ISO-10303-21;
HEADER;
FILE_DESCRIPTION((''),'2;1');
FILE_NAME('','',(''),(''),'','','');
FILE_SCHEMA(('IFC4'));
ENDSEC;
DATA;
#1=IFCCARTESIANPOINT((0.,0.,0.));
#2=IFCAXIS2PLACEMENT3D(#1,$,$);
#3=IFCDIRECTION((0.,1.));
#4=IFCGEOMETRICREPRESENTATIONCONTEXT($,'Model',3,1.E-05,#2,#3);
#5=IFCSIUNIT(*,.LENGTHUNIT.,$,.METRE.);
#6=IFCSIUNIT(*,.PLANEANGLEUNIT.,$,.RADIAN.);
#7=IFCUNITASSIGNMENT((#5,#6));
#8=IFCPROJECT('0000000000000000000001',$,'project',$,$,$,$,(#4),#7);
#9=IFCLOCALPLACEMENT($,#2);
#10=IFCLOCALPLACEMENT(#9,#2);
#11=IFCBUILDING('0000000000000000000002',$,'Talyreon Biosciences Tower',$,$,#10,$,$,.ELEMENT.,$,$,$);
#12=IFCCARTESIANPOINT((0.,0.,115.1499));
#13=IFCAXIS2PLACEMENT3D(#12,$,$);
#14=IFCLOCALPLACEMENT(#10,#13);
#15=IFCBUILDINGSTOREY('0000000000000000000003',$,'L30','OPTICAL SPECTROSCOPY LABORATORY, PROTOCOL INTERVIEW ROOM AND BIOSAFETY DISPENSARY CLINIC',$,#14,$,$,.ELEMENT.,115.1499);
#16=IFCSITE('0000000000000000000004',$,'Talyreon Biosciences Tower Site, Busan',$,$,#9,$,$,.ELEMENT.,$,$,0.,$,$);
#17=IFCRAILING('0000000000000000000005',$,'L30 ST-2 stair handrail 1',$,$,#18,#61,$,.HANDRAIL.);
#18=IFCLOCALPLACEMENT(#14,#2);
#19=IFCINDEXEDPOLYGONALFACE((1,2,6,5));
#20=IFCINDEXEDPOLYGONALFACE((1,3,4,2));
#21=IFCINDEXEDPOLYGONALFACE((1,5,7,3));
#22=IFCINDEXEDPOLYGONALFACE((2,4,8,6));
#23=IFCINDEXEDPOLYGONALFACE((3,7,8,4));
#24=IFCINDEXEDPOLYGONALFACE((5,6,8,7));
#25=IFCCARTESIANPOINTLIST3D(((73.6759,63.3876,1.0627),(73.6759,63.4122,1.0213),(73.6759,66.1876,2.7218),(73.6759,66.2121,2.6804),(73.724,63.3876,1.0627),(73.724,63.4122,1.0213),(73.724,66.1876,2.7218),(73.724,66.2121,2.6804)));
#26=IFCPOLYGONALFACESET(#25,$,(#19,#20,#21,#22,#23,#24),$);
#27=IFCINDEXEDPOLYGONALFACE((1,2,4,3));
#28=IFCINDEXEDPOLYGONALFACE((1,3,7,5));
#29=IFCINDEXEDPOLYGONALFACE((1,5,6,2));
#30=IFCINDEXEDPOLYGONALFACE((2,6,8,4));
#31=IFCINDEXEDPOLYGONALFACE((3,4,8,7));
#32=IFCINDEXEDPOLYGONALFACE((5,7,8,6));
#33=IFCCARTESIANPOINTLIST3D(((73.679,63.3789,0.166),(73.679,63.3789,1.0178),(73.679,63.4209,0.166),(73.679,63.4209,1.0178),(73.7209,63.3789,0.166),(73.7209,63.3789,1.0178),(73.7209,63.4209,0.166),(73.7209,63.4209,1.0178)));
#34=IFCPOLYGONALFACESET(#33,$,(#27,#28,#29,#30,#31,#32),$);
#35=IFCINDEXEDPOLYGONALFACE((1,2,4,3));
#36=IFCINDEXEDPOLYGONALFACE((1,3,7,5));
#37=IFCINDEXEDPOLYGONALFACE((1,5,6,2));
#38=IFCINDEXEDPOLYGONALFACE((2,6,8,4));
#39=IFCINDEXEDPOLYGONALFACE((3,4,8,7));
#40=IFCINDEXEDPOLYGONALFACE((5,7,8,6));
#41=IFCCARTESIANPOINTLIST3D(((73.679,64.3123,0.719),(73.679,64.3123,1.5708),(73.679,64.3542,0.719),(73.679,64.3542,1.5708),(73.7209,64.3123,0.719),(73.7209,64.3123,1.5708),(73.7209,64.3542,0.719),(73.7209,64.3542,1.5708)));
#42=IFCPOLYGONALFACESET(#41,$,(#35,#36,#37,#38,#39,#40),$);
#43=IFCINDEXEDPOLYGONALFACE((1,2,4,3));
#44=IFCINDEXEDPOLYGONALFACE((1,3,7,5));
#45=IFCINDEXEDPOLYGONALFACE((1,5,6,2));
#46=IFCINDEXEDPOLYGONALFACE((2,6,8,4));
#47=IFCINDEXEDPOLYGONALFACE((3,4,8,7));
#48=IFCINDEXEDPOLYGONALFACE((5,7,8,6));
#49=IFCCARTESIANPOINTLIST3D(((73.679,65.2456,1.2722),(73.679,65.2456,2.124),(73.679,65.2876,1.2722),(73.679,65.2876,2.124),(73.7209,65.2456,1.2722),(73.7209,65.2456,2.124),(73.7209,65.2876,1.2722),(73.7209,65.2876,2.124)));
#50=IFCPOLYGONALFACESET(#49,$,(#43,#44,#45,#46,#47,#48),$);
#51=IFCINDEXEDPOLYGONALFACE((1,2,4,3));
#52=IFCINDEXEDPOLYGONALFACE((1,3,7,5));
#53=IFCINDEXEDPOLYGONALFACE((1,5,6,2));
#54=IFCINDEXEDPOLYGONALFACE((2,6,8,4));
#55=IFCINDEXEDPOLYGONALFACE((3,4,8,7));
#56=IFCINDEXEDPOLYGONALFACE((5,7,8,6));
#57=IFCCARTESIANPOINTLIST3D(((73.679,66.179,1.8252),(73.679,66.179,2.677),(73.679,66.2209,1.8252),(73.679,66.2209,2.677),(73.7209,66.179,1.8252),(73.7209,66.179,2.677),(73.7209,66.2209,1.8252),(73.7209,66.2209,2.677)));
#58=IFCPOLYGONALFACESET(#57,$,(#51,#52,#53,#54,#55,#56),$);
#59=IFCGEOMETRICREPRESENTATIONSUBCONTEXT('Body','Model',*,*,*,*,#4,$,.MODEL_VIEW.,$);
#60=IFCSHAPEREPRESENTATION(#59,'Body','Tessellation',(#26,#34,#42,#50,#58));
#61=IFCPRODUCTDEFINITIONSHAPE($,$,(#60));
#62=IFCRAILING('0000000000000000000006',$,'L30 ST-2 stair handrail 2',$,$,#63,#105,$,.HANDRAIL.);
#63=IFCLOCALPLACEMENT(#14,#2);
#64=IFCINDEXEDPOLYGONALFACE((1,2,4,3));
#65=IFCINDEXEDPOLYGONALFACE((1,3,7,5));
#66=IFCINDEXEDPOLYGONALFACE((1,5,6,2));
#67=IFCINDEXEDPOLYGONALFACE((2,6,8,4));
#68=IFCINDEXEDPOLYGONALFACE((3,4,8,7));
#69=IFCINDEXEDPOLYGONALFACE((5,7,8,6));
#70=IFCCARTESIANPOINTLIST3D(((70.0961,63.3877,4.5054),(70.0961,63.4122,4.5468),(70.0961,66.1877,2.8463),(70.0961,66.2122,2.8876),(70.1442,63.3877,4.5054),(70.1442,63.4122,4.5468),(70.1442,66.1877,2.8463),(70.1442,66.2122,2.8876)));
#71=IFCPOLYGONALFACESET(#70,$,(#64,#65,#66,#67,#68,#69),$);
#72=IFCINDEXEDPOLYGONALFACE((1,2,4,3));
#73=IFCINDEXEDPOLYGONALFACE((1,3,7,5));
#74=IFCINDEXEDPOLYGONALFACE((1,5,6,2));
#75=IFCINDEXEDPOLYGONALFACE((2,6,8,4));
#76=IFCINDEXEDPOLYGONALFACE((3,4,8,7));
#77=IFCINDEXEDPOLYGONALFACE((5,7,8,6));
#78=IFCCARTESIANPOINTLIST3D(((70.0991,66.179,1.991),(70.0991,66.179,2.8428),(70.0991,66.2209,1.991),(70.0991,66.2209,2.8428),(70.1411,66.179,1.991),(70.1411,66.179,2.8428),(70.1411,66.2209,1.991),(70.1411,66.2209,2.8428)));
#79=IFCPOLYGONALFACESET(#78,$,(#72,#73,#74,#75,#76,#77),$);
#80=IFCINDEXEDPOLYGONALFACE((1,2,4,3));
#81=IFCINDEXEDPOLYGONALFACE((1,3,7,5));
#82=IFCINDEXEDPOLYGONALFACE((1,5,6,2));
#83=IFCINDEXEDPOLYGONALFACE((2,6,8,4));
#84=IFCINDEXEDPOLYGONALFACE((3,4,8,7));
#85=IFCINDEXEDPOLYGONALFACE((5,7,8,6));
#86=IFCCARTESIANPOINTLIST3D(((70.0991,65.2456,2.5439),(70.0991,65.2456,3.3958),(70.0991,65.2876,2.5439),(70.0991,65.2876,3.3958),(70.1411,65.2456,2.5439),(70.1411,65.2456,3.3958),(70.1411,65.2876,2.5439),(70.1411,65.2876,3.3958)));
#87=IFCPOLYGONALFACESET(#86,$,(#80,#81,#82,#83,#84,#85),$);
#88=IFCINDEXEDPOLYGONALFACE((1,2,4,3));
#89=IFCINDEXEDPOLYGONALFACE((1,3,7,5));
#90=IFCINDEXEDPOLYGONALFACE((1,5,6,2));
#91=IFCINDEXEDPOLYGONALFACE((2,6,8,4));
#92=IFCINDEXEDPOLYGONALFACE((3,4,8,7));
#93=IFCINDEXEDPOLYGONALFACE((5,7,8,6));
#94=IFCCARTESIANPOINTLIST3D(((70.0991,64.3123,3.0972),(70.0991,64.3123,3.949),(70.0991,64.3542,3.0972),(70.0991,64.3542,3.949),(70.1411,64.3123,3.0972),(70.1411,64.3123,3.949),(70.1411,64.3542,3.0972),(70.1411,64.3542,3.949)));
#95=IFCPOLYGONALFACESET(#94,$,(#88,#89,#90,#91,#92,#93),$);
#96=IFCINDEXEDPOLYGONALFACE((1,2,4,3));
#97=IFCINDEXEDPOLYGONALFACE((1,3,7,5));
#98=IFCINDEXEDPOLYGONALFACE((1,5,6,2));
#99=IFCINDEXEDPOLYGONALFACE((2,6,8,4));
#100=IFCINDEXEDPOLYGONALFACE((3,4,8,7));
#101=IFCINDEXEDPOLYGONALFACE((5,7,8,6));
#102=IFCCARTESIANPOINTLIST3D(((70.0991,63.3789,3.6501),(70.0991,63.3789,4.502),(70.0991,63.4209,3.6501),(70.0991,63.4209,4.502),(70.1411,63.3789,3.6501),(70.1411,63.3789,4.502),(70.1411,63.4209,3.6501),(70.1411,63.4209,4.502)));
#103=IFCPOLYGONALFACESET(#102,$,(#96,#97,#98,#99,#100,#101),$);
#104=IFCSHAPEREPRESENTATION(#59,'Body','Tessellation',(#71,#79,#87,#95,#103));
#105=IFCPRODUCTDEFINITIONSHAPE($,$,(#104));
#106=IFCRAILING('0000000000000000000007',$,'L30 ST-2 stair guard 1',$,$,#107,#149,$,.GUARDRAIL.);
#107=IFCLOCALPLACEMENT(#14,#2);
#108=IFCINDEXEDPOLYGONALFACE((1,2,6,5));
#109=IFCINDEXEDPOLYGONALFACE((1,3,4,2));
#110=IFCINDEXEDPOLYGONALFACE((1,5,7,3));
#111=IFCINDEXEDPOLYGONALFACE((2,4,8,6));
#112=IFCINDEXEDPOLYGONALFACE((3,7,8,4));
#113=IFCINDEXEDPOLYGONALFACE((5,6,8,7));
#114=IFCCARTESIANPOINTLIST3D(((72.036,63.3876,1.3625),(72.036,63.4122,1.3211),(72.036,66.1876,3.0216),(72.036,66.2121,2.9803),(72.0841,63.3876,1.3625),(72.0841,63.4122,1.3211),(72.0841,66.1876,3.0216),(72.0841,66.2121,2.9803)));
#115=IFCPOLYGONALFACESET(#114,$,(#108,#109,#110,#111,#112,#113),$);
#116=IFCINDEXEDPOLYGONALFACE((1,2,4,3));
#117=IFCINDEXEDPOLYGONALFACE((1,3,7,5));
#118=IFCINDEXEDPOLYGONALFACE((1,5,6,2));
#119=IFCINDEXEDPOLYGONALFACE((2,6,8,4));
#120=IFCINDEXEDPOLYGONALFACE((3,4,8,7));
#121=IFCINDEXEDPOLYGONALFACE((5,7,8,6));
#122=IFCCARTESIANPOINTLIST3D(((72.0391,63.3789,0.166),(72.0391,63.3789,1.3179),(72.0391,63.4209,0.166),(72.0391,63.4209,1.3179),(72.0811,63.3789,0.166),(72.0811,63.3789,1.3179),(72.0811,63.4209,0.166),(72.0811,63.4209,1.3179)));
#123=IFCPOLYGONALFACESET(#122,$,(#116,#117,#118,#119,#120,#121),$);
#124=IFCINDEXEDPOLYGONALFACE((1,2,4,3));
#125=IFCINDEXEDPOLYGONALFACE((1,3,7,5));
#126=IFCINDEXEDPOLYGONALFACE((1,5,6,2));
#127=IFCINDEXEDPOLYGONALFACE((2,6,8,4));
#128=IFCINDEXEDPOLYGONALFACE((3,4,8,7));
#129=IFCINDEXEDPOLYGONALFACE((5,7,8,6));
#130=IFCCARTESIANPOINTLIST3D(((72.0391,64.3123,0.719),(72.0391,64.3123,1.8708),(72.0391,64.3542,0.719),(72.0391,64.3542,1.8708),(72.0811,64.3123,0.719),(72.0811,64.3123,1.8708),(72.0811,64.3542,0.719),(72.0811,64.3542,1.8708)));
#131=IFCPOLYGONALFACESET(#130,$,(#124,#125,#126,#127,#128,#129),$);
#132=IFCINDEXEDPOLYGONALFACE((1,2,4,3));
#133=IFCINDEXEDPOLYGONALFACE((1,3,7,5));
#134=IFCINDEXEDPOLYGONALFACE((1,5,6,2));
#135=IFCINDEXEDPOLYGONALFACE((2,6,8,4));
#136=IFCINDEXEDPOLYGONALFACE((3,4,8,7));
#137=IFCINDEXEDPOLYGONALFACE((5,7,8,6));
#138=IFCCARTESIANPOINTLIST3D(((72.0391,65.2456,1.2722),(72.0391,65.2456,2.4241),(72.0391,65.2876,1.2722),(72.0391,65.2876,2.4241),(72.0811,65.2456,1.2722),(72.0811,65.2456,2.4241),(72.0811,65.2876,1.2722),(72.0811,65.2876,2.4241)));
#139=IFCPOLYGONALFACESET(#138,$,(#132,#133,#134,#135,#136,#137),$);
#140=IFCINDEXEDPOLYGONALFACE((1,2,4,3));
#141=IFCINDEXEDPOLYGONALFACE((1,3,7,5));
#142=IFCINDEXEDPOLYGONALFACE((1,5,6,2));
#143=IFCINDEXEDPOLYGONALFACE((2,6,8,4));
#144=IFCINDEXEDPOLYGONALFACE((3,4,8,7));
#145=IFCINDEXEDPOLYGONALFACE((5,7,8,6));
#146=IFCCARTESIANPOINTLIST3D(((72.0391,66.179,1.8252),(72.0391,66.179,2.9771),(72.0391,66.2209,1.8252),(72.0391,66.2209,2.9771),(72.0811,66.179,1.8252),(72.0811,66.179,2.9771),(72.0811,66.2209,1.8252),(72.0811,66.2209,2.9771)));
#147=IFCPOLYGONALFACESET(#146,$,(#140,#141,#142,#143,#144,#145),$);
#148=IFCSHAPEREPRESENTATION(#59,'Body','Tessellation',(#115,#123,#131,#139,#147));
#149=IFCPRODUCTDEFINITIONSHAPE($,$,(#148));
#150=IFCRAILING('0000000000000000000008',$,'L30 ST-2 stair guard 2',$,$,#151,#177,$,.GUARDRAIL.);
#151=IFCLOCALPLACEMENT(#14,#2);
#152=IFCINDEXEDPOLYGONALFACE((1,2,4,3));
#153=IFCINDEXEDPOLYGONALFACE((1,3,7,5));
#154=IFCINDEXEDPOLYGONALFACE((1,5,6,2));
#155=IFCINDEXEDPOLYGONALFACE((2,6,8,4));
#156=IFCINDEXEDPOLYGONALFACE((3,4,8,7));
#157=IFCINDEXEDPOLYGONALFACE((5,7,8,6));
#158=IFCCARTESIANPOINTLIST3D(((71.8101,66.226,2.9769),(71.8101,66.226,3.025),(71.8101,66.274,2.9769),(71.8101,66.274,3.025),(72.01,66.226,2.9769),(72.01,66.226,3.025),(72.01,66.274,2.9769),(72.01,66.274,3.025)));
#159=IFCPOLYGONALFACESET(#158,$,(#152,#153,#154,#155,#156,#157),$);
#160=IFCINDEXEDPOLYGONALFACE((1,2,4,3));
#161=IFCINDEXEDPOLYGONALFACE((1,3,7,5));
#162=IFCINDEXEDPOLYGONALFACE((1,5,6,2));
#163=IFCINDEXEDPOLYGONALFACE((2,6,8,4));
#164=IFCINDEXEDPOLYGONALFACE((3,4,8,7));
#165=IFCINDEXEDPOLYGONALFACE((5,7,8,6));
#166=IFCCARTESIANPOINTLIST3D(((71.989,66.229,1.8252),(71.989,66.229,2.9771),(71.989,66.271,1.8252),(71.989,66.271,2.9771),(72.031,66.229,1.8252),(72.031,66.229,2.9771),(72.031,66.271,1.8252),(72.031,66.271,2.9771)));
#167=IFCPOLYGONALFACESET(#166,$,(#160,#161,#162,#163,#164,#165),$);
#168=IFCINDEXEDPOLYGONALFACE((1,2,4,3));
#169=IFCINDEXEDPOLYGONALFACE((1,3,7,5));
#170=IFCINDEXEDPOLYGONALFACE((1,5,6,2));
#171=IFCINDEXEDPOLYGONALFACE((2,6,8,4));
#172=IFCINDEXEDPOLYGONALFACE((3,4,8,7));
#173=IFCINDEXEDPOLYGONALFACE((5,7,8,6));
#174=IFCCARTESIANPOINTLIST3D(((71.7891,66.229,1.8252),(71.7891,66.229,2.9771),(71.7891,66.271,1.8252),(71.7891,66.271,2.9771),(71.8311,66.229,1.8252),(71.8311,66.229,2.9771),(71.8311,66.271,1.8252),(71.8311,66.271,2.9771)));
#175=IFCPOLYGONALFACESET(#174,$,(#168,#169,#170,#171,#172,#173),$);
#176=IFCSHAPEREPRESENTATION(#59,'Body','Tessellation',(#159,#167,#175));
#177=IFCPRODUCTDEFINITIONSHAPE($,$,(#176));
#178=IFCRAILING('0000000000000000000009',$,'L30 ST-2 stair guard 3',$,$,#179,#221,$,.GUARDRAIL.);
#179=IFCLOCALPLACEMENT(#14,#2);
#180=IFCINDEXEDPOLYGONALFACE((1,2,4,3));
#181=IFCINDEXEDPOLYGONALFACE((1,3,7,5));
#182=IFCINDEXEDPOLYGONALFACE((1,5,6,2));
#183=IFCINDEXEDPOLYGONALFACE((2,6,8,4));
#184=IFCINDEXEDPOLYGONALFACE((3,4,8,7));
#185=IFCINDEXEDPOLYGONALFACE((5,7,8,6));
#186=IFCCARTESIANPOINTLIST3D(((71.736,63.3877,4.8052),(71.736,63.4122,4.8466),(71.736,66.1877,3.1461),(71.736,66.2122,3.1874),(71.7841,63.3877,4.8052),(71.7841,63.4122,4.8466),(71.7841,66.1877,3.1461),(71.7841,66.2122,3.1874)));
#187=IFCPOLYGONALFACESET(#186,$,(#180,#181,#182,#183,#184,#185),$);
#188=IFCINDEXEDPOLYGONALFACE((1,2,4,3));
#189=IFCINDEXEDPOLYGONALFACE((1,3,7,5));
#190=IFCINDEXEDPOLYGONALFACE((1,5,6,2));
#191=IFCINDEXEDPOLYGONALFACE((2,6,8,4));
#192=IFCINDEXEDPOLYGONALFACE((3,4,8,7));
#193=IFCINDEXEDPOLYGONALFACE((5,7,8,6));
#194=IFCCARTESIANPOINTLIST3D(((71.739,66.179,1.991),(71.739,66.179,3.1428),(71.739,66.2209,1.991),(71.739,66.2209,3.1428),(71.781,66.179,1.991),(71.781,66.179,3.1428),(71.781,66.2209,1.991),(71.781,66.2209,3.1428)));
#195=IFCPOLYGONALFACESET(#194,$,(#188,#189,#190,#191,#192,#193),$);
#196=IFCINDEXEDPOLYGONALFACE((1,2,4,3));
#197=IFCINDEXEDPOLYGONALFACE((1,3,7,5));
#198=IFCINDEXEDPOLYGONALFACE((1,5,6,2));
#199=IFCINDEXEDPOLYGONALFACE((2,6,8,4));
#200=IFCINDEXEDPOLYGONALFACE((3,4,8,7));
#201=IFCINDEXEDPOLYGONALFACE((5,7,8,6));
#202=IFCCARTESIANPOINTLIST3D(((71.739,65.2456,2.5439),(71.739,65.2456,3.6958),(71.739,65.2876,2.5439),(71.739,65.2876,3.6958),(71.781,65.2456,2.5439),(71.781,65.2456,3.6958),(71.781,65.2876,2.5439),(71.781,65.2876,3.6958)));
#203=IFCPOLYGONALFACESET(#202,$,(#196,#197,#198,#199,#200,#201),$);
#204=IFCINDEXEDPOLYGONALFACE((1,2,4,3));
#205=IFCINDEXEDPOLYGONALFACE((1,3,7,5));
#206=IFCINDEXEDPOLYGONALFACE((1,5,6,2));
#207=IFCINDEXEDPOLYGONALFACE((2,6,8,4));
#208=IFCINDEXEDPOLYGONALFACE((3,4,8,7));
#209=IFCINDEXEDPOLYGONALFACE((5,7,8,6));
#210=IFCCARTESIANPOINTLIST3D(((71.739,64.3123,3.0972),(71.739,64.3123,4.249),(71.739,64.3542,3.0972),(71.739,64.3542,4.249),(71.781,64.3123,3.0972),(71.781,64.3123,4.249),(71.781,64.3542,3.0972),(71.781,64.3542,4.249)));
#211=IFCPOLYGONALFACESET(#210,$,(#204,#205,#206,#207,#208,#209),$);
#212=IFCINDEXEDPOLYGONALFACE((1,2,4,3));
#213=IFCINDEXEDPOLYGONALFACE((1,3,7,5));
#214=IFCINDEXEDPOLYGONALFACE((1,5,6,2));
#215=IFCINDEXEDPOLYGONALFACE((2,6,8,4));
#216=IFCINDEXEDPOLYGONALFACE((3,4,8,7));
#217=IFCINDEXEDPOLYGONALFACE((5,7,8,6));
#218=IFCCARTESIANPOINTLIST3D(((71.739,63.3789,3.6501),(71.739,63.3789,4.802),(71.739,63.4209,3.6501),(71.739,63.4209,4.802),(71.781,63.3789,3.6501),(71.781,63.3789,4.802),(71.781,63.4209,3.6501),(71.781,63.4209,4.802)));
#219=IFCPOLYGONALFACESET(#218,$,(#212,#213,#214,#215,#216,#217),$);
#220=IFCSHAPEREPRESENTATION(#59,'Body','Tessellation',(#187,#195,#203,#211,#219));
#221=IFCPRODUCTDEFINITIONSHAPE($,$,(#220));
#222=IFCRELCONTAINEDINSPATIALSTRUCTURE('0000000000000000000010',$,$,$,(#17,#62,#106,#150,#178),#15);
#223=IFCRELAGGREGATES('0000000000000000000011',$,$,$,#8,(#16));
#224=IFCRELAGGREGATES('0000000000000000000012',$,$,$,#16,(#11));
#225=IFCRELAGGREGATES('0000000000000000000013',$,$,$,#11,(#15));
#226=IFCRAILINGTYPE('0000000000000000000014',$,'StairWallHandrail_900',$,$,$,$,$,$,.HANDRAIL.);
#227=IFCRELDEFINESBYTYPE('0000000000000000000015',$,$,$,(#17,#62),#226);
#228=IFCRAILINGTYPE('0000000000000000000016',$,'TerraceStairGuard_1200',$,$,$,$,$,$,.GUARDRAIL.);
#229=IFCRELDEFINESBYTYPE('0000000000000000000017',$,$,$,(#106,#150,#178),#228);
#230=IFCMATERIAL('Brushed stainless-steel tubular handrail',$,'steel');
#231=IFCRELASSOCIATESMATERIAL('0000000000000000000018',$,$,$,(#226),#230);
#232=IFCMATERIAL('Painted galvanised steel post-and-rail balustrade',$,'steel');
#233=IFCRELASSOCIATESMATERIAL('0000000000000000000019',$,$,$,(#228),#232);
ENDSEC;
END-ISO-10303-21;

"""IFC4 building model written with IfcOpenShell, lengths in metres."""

from ifc_helpers import new_model, si_unit, direction, frame, origin, origin_2d, place, context, subcontext, project, spatial, rectangle, extrude, material, type_object, element, save


model = new_model("IFC4")

# Units and contexts
model_context = context("Model", 3, precision=1e-05, world=origin(), true_north=direction((0.0, 1.0)))
body_context = subcontext(model_context, "Body", "Model", "MODEL_VIEW")
ifc_project = project(units=[si_unit("LENGTHUNIT", "METRE"), si_unit("PLANEANGLEUNIT", "RADIAN")], contexts=[model_context])

# Site, building, storey
site_placement = place(None, origin())
site = spatial("IfcSite", under=ifc_project, at=site_placement, Name="Talyreon Biosciences Tower Site, Busan", CompositionType="ELEMENT", RefElevation=0.0)
building_placement = place(site_placement, origin())
building = spatial("IfcBuilding", under=site, at=building_placement, Name="Talyreon Biosciences Tower", CompositionType="ELEMENT")
storey_placement = place(building_placement, frame((0.0, 0.0, 115.1499)))
storey = spatial("IfcBuildingStorey", under=building, at=storey_placement, Name="L30", Description="OPTICAL SPECTROSCOPY LABORATORY, PROTOCOL INTERVIEW ROOM AND BIOSAFETY DISPENSARY CLINIC", CompositionType="ELEMENT", Elevation=115.1499)

# Railings
ifc_material_1 = material(Name="Brushed stainless-steel tubular handrail", Category="steel")
railing_type_1 = type_object("IfcRailingType", Name="StairWallHandrail_900", PredefinedType="HANDRAIL", material=ifc_material_1)
railing_1_placement = place(storey_placement, frame((73.7, 63.3999, 0.166)))
element("IfcRailing", 1, at=railing_1_placement, inside=storey, type_object=railing_type_1, Name="L30 ST-2 stair handrail 1", PredefinedType="HANDRAIL", context=body_context, shape_type="SweptSolid", body=[
    extrude(rectangle(XDim=0.0481, YDim=0.0481, at=origin_2d()), frame((0.0, 0.0, 0.876), z_axis=(0.0, 0.860306, 0.509778), x_axis=(-1.0, 0.0, 0.0)), (0.0, 0.0, 1.0), 3.2546),
    extrude(rectangle(XDim=0.042, YDim=0.042, at=origin_2d()), origin(), (0.0, 0.0, 1.0), 0.8518),
    extrude(rectangle(XDim=0.042, YDim=0.042, at=origin_2d()), frame((0.0, 0.9333, 0.553)), (0.0, 0.0, 1.0), 0.8518),
    extrude(rectangle(XDim=0.042, YDim=0.042, at=origin_2d()), frame((0.0, 1.8667, 1.1062)), (0.0, 0.0, 1.0), 0.8518),
    extrude(rectangle(XDim=0.042, YDim=0.042, at=origin_2d()), frame((0.0, 2.8, 1.6592)), (0.0, 0.0, 1.0), 0.8518),
])
railing_2_placement = place(storey_placement, frame((70.1201, 66.2, 1.991)))
element("IfcRailing", 2, at=railing_2_placement, inside=storey, type_object=railing_type_1, Name="L30 ST-2 stair handrail 2", PredefinedType="HANDRAIL", context=body_context, shape_type="SweptSolid", body=[
    extrude(rectangle(XDim=0.0481, YDim=0.0481, at=origin_2d()), frame((0.0, 0.0, 0.876), z_axis=(0.0, -0.860306, 0.509778), x_axis=(1.0, 0.0, 0.0)), (0.0, 0.0, 1.0), 3.2546),
    extrude(rectangle(XDim=0.042, YDim=0.042, at=origin_2d()), origin(), (0.0, 0.0, 1.0), 0.8518),
    extrude(rectangle(XDim=0.042, YDim=0.042, at=origin_2d()), frame((0.0, -0.9333, 0.553)), (0.0, 0.0, 1.0), 0.8518),
    extrude(rectangle(XDim=0.042, YDim=0.042, at=origin_2d()), frame((0.0, -1.8667, 1.1062)), (0.0, 0.0, 1.0), 0.8518),
    extrude(rectangle(XDim=0.042, YDim=0.042, at=origin_2d()), frame((0.0, -2.8, 1.6592)), (0.0, 0.0, 1.0), 0.8518),
])
ifc_material_2 = material(Name="Painted galvanised steel post-and-rail balustrade", Category="steel")
railing_type_2 = type_object("IfcRailingType", Name="TerraceStairGuard_1200", PredefinedType="GUARDRAIL", material=ifc_material_2)
railing_3_placement = place(storey_placement, frame((72.0601, 63.3999, 0.166)))
element("IfcRailing", 3, at=railing_3_placement, inside=storey, type_object=railing_type_2, Name="L30 ST-2 stair guard 1", PredefinedType="GUARDRAIL", context=body_context, shape_type="SweptSolid", body=[
    extrude(rectangle(XDim=0.0481, YDim=0.0481, at=origin_2d()), frame((0.0, 0.0, 1.1758), z_axis=(0.0, 0.860306, 0.509778), x_axis=(-1.0, 0.0, 0.0)), (0.0, 0.0, 1.0), 3.2546),
    extrude(rectangle(XDim=0.042, YDim=0.042, at=origin_2d()), origin(), (0.0, 0.0, 1.0), 1.1519),
    extrude(rectangle(XDim=0.042, YDim=0.042, at=origin_2d()), frame((0.0, 0.9333, 0.553)), (0.0, 0.0, 1.0), 1.1519),
    extrude(rectangle(XDim=0.042, YDim=0.042, at=origin_2d()), frame((0.0, 1.8667, 1.1062)), (0.0, 0.0, 1.0), 1.1519),
    extrude(rectangle(XDim=0.042, YDim=0.042, at=origin_2d()), frame((0.0, 2.8, 1.6592)), (0.0, 0.0, 1.0), 1.1519),
])
railing_4_placement = place(storey_placement, frame((72.01, 66.25, 1.8252)))
element("IfcRailing", 4, at=railing_4_placement, inside=storey, type_object=railing_type_2, Name="L30 ST-2 stair guard 2", PredefinedType="GUARDRAIL", context=body_context, shape_type="SweptSolid", body=[
    extrude(rectangle(XDim=0.0481, YDim=0.0481, at=origin_2d()), frame((0.0, 0.0, 1.1758), z_axis=(-1.0, 0.0, 0.0), x_axis=(0.0, -1.0, 0.0)), (0.0, 0.0, 1.0), 0.2),
    extrude(rectangle(XDim=0.042, YDim=0.042, at=origin_2d()), origin(), (0.0, 0.0, 1.0), 1.1519),
    extrude(rectangle(XDim=0.042, YDim=0.042, at=origin_2d()), frame((-0.2, 0.0, 0.0)), (0.0, 0.0, 1.0), 1.1519),
])
railing_5_placement = place(storey_placement, frame((71.76, 66.2, 1.991)))
element("IfcRailing", 5, at=railing_5_placement, inside=storey, type_object=railing_type_2, Name="L30 ST-2 stair guard 3", PredefinedType="GUARDRAIL", context=body_context, shape_type="SweptSolid", body=[
    extrude(rectangle(XDim=0.0481, YDim=0.0481, at=origin_2d()), frame((0.0, 0.0, 1.1758), z_axis=(0.0, -0.860306, 0.509778), x_axis=(1.0, 0.0, 0.0)), (0.0, 0.0, 1.0), 3.2546),
    extrude(rectangle(XDim=0.042, YDim=0.042, at=origin_2d()), origin(), (0.0, 0.0, 1.0), 1.1519),
    extrude(rectangle(XDim=0.042, YDim=0.042, at=origin_2d()), frame((0.0, -0.9333, 0.553)), (0.0, 0.0, 1.0), 1.1519),
    extrude(rectangle(XDim=0.042, YDim=0.042, at=origin_2d()), frame((0.0, -1.8667, 1.1062)), (0.0, 0.0, 1.0), 1.1519),
    extrude(rectangle(XDim=0.042, YDim=0.042, at=origin_2d()), frame((0.0, -2.8, 1.6592)), (0.0, 0.0, 1.0), 1.1519),
])

save(model, "model.ifc")
